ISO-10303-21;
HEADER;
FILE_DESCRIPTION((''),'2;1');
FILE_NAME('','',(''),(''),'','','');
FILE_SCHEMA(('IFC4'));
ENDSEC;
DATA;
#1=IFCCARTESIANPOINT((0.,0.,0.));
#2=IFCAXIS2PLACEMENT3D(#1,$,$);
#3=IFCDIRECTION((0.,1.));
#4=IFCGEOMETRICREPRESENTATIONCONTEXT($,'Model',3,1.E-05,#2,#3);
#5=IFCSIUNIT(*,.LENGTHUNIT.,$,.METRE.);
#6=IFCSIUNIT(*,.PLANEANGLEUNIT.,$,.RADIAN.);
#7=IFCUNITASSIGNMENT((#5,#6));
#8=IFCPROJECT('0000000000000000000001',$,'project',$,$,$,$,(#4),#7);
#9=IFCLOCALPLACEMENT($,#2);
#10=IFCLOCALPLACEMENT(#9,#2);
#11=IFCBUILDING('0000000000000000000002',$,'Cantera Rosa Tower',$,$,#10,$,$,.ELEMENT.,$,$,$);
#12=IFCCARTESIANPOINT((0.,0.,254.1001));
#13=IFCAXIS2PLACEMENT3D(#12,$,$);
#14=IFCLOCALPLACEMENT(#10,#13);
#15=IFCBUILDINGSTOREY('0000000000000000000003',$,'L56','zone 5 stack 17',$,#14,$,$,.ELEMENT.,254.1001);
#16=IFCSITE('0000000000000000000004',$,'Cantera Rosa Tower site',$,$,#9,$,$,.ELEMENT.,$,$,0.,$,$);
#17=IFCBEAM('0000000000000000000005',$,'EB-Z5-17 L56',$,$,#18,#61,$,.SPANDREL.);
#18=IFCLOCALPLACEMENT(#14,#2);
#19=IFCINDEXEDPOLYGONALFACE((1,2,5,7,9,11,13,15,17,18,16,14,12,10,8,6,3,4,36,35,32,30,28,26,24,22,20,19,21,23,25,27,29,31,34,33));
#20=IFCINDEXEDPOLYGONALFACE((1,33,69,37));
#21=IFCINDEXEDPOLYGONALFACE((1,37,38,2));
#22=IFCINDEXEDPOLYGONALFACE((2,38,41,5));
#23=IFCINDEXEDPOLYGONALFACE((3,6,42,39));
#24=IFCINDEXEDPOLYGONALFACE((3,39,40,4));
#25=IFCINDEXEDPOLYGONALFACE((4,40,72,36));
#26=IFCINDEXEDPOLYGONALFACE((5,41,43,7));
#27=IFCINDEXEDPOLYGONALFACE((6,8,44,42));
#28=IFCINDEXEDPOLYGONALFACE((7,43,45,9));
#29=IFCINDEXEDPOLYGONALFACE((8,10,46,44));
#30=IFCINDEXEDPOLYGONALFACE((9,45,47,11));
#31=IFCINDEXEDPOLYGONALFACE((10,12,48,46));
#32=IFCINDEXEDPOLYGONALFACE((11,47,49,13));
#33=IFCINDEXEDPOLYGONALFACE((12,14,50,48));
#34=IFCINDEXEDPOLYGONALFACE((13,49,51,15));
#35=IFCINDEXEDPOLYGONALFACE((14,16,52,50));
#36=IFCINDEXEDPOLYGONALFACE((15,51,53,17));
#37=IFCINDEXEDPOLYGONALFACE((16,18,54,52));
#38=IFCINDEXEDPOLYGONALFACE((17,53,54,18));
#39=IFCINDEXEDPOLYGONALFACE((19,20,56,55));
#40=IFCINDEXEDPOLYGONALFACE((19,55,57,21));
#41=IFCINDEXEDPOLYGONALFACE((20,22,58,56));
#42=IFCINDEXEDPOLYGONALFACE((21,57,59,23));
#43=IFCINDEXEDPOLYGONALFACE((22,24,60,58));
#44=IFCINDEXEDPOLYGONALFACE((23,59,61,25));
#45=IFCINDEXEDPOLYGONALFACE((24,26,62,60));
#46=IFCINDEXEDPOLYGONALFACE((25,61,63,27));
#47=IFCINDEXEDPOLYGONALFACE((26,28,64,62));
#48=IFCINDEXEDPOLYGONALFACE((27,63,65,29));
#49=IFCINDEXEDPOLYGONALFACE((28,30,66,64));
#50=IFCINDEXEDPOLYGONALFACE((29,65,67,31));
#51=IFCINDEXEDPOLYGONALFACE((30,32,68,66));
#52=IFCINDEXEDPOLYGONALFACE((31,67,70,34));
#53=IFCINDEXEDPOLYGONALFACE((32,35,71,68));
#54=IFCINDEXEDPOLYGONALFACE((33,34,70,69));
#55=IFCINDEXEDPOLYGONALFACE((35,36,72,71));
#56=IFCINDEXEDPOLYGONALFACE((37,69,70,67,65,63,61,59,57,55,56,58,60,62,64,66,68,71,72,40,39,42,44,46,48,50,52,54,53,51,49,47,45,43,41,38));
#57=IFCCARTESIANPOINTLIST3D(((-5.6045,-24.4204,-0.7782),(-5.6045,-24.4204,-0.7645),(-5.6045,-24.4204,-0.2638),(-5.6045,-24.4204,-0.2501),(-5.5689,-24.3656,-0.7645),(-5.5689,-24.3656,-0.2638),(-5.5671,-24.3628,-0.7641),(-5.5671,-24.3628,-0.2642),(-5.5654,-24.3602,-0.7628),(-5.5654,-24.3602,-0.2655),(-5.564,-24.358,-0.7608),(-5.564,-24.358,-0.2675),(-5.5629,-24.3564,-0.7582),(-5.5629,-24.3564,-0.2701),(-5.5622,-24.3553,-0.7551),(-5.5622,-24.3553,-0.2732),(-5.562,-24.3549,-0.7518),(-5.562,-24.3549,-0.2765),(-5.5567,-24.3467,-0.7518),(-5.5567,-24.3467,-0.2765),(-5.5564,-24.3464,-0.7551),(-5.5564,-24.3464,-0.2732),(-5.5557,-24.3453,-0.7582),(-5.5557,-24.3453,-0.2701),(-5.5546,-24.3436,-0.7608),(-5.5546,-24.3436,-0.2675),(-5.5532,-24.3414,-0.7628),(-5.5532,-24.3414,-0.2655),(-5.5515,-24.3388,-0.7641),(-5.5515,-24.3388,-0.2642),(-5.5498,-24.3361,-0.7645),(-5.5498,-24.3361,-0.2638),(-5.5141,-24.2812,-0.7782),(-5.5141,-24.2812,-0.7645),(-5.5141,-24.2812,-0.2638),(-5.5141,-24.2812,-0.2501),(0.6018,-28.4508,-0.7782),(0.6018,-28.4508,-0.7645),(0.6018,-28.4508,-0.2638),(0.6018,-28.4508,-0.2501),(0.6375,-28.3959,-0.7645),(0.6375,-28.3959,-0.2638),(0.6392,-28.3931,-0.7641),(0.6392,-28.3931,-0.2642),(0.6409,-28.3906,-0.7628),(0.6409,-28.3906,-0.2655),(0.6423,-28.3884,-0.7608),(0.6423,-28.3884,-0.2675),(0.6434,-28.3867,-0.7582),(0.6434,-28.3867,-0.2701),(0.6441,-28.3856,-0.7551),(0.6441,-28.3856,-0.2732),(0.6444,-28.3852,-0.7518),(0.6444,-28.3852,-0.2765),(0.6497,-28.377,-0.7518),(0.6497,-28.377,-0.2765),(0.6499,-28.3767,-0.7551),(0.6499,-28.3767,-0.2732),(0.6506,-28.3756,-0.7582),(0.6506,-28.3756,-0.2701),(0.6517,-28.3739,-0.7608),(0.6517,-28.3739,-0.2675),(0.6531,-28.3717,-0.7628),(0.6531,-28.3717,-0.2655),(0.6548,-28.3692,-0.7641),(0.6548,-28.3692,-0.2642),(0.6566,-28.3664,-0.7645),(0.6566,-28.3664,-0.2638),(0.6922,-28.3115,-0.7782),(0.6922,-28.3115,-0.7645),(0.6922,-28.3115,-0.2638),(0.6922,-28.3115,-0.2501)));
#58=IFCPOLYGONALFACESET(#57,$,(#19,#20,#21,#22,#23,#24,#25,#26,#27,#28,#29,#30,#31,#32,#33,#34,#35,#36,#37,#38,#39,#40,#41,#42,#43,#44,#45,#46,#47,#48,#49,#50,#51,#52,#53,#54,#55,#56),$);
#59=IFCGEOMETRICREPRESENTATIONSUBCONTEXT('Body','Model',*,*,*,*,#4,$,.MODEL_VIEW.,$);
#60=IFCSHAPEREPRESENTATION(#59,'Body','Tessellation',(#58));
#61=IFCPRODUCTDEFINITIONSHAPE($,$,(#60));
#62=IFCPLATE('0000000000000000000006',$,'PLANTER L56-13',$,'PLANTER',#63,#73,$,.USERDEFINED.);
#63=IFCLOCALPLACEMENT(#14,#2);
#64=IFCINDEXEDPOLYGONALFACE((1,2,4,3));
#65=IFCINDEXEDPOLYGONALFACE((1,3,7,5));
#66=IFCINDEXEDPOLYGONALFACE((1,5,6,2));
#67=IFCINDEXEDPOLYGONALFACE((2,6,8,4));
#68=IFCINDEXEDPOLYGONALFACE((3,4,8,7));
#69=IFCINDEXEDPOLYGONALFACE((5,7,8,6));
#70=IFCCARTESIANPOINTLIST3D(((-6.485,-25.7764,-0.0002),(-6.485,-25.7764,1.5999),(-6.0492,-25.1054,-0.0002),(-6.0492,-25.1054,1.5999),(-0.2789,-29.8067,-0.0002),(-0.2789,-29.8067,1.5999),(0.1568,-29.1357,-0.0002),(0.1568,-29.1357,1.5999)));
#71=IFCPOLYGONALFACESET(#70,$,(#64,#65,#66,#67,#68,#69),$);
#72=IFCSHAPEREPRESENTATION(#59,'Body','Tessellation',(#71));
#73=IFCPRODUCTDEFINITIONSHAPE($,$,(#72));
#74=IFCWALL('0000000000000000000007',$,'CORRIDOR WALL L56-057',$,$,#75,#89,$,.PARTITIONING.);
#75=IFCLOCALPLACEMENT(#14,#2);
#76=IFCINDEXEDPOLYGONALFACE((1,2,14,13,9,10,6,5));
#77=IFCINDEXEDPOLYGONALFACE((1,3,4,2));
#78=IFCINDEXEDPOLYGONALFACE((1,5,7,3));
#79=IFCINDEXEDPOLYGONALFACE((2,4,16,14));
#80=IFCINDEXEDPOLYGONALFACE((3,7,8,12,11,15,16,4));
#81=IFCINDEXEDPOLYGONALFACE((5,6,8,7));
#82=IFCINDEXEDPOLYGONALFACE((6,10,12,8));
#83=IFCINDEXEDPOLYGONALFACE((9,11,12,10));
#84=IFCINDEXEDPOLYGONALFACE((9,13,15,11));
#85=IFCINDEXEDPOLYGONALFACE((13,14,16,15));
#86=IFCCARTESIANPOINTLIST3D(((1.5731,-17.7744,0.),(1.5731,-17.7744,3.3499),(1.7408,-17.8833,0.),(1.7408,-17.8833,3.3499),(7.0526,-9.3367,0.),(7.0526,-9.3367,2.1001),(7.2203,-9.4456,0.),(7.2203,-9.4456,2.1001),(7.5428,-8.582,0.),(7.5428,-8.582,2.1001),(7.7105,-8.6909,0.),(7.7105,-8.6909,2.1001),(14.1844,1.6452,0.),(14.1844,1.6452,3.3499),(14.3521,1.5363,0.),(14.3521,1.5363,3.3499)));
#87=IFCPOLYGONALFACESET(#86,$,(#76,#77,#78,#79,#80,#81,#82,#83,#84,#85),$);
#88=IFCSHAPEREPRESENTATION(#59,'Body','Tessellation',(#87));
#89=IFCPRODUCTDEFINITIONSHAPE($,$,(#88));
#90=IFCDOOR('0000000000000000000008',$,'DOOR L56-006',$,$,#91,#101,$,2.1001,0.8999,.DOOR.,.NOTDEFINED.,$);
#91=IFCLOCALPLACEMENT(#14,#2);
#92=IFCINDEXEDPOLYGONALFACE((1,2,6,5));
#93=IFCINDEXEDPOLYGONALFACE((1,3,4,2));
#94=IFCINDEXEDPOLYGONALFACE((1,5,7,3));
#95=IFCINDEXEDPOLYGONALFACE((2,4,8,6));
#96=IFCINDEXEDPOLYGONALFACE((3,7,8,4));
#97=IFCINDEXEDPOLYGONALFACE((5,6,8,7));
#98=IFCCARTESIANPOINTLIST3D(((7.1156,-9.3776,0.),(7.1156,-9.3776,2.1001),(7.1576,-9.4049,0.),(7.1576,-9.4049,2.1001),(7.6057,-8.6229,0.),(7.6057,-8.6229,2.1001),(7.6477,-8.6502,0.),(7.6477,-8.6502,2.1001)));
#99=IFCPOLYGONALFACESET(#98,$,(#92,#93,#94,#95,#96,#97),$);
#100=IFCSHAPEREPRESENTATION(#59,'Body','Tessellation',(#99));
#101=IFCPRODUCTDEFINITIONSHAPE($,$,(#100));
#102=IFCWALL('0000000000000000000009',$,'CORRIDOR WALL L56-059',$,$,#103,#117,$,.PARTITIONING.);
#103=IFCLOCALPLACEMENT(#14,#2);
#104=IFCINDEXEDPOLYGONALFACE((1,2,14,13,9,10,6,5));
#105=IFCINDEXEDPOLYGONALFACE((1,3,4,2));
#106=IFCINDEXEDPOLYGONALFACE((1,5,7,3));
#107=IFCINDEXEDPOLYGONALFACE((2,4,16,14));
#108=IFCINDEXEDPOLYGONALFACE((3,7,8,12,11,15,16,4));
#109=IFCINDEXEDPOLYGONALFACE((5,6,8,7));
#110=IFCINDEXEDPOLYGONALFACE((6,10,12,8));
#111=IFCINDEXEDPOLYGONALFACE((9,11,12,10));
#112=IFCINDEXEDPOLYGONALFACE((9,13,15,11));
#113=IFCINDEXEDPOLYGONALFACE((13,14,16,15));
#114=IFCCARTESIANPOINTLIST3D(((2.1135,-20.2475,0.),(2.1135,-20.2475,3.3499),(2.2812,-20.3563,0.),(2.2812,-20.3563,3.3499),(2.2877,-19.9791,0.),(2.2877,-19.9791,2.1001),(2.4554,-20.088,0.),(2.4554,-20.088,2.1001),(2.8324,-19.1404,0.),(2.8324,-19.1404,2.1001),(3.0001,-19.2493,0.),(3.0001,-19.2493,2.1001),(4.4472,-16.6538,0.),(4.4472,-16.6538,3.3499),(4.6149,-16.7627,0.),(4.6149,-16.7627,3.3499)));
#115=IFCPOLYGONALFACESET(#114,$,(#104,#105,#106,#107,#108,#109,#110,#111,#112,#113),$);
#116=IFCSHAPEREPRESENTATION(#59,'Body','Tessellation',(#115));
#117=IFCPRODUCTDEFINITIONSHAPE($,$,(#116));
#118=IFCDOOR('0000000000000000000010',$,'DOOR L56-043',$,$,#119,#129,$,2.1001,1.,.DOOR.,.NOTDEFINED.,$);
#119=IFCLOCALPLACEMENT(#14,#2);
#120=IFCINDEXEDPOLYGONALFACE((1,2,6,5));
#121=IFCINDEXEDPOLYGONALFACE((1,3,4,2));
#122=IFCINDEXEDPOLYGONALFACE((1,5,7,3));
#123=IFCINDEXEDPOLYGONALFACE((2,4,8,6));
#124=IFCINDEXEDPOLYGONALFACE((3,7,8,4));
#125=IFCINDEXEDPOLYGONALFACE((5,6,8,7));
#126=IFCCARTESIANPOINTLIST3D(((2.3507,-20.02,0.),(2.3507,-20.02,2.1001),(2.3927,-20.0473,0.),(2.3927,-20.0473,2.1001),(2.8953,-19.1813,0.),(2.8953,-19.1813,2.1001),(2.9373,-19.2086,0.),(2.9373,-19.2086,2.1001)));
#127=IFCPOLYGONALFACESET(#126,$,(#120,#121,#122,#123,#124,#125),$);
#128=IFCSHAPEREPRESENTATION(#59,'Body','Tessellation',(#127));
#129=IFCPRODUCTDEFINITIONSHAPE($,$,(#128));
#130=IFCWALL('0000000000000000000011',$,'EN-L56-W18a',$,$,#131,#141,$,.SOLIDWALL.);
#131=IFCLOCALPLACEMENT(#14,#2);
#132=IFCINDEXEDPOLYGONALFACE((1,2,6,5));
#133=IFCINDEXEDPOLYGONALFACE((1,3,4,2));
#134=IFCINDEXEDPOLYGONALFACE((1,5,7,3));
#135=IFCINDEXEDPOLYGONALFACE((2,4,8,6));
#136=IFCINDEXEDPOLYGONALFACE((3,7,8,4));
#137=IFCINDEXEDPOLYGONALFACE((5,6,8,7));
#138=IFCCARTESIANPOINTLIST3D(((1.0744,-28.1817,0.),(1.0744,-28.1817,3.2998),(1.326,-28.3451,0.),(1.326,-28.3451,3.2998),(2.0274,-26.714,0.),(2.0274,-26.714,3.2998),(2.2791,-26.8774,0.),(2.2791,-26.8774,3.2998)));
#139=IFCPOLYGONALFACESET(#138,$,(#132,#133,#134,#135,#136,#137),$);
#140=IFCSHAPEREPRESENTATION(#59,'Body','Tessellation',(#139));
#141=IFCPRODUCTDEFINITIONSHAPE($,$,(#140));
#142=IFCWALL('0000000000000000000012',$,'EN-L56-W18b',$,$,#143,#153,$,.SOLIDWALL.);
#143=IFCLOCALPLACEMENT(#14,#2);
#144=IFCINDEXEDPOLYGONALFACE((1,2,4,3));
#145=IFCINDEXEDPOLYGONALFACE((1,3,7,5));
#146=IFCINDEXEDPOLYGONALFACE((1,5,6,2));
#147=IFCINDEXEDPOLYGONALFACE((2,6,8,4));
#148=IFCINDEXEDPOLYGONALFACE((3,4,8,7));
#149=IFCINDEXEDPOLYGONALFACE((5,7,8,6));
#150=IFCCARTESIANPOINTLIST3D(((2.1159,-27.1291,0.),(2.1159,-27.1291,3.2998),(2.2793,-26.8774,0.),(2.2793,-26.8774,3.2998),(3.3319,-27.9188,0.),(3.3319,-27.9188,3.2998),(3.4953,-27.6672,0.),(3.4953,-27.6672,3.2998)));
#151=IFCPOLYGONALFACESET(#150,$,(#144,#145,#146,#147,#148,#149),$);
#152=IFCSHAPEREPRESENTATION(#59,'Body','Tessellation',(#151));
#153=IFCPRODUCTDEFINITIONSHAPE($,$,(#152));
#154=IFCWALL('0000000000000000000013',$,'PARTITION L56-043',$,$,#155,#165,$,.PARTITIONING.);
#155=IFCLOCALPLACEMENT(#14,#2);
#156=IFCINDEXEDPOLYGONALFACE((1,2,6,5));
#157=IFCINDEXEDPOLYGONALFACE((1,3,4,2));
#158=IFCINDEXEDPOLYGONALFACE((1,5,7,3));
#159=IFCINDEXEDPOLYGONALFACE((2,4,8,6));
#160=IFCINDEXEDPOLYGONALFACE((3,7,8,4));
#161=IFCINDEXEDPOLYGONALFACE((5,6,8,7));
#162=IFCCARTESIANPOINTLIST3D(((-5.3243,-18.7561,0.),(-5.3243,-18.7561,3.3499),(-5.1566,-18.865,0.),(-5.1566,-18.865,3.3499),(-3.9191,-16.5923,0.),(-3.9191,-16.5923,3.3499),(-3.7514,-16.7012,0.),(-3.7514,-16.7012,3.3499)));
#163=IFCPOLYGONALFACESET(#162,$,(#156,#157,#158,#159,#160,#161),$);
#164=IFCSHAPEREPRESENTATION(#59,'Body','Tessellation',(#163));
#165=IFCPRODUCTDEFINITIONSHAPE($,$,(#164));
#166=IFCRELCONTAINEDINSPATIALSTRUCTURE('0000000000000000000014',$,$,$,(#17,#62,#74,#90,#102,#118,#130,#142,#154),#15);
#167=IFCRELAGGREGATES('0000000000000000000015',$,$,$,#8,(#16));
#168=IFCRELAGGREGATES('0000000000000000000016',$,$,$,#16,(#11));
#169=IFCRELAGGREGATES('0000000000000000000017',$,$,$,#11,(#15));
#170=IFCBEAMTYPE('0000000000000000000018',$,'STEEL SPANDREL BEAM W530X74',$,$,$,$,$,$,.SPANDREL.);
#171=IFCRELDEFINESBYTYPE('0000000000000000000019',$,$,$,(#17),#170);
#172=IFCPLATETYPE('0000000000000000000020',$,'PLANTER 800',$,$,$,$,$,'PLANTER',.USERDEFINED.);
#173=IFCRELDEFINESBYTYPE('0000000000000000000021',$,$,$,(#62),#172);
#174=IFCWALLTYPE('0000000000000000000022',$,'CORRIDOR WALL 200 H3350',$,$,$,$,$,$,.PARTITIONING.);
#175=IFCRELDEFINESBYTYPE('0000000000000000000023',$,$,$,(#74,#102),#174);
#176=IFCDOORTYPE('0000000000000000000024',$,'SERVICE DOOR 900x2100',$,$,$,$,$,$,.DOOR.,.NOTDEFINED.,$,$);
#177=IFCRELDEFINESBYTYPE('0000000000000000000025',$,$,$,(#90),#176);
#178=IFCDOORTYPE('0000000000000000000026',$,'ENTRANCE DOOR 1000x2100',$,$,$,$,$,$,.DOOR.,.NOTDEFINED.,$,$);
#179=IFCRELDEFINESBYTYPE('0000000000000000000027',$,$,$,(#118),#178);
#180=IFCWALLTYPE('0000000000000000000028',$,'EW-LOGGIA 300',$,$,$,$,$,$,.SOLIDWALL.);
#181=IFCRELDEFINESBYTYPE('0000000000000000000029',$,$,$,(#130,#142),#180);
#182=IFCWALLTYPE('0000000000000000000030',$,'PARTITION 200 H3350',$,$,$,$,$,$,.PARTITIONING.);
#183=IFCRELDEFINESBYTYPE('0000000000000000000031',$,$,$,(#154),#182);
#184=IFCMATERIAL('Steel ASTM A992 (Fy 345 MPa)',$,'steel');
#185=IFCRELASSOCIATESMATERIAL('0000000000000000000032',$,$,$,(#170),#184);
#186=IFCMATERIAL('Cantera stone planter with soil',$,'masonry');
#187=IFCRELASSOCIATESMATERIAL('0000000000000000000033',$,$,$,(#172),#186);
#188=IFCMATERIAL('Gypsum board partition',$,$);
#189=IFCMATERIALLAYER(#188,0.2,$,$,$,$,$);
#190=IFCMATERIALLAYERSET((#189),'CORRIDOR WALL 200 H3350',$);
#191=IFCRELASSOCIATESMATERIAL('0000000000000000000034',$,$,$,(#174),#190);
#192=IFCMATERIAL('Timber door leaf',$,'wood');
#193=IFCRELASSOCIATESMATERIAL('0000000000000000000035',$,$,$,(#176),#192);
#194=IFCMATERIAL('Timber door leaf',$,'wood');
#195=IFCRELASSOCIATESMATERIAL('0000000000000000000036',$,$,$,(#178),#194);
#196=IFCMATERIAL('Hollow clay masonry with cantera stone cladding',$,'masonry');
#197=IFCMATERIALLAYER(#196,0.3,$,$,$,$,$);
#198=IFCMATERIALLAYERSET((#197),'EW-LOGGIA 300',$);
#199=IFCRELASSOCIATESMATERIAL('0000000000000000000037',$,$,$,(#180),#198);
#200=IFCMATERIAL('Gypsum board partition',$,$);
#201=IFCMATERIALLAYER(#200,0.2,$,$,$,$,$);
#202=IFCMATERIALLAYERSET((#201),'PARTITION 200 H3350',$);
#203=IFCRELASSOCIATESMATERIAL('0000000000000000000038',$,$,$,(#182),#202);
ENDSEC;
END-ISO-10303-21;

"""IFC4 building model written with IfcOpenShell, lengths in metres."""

from ifc_helpers import new_model, si_unit, direction, frame, frame_2d, origin, origin_2d, place, context, subcontext, project, spatial, rectangle, i_section, extrude, material, layer, layer_set, material_profile, profile_set, type_object, element, fill, save


model = new_model("IFC4")

# Units and contexts
model_context = context("Model", 3, precision=1e-05, world=origin(), true_north=direction((0.0, 1.0)))
body_context = subcontext(model_context, "Body", "Model", "MODEL_VIEW")
ifc_project = project(units=[si_unit("LENGTHUNIT", "METRE"), si_unit("PLANEANGLEUNIT", "RADIAN")], contexts=[model_context])

# Site, building, storey
site_placement = place(None, origin())
site = spatial("IfcSite", under=ifc_project, at=site_placement, Name="Cantera Rosa Tower site", CompositionType="ELEMENT", RefElevation=0.0)
building_placement = place(site_placement, origin())
building = spatial("IfcBuilding", under=site, at=building_placement, Name="Cantera Rosa Tower", CompositionType="ELEMENT")
storey_placement = place(building_placement, frame((0.0, 0.0, 254.1001)))
storey = spatial("IfcBuildingStorey", under=building, at=storey_placement, Name="L56", Description="zone 5 stack 17", CompositionType="ELEMENT", Elevation=254.1001)

# Beam
ifc_material_1 = material(Name="Steel ASTM A992 (Fy 345 MPa)", Category="steel")
ifc_material_profile_1 = material_profile(ifc_material_1, i_section(OverallWidth=0.166, OverallDepth=0.5281, WebThickness=0.0098, FlangeThickness=0.0137, FilletRadius=0.0127, at=origin_2d()), Name="W530X74")
ifc_profile_set_1 = profile_set([ifc_material_profile_1], Name="Steel ASTM A992 (Fy 345 MPa)")
beam_type_1 = type_object("IfcBeamType", Name="STEEL SPANDREL BEAM W530X74", PredefinedType="SPANDREL", material=ifc_profile_set_1)
beam_1_placement = place(storey_placement, frame((-5.5593, -24.3508, -0.5142), z_axis=(0.838679, -0.544625, 0.0), x_axis=(0.544625, 0.838679, 0.0)))
element("IfcBeam", 1, at=beam_1_placement, inside=storey, type_object=beam_type_1, Name="EB-Z5-17 L56", PredefinedType="SPANDREL", context=body_context, shape_type="SweptSolid", body=[
    extrude(i_section(OverallWidth=0.166, OverallDepth=0.5281, WebThickness=0.0098, FlangeThickness=0.0137, FilletRadius=0.0127, at=origin_2d()), origin(), (0.0, 0.0, 1.0), 7.4001),
])

# Plate
ifc_material_2 = material(Name="Cantera stone planter with soil", Category="masonry")
plate_type = type_object("IfcPlateType", Name="PLANTER 800", ElementType="PLANTER", PredefinedType="USERDEFINED", material=ifc_material_2)
plate_placement = place(storey_placement, frame((-3.1641, -27.4561, -0.0002), z_axis=(0.0, 0.0, 1.0), x_axis=(0.838671, -0.544639, 0.0)))
element("IfcPlate", 2, at=plate_placement, inside=storey, type_object=plate_type, Name="PLANTER L56-13", ObjectType="PLANTER", PredefinedType="USERDEFINED", context=body_context, shape_type="SweptSolid", body=[
    extrude(rectangle(XDim=7.3999, YDim=0.8, at=origin_2d()), origin(), (0.0, 0.0, 1.0), 1.6001),
])

# Walls, openings, doors
ifc_material_3 = material(Name="Gypsum board partition")
ifc_layer_1 = layer(ifc_material_3, 0.2)
ifc_layer_set_1 = layer_set([ifc_layer_1], Name="CORRIDOR WALL 200 H3350")
wall_type_1 = type_object("IfcWallType", Name="CORRIDOR WALL 200 H3350", PredefinedType="PARTITIONING", material=ifc_layer_set_1)
wall_1_placement = place(storey_placement, frame((1.657, -17.8289, 0.0), z_axis=(0.0, 0.0, 1.0), x_axis=(0.54464, 0.83867, 0.0)))
wall_1 = element("IfcWall", 3, at=wall_1_placement, inside=storey, type_object=wall_type_1, Name="CORRIDOR WALL L56-057", PredefinedType="PARTITIONING", context=body_context, shape_type="SweptSolid", body=[
    extrude(rectangle(XDim=23.1553, YDim=0.2, at=frame_2d((11.5776, 0.0))), origin(), (0.0, 0.0, 1.0), 3.3499),
])
opening_1_placement = place(wall_1_placement, frame((10.0608, 0.0, 0.0)))
opening_1 = element("IfcOpeningElement", 4, at=opening_1_placement, cuts=wall_1, PredefinedType="OPENING", context=body_context, shape_type="SweptSolid", body=[
    extrude(rectangle(XDim=0.8999, YDim=2.1001, at=frame_2d((0.45, 1.05))), frame((0.0, 0.1099, 0.0), z_axis=(0.0, -1.0, 0.0), x_axis=(1.0, 0.0, 0.0)), (0.0, 0.0, 1.0), 0.22),
])
ifc_material_4 = material(Name="Timber door leaf", Category="wood")
door_type_1 = type_object("IfcDoorType", Name="SERVICE DOOR 900x2100", OperationType="NOTDEFINED", PredefinedType="DOOR", material=ifc_material_4)
door_1_placement = place(opening_1_placement, origin())
door_1 = element("IfcDoor", 5, at=door_1_placement, inside=storey, type_object=door_type_1, Name="DOOR L56-006", OperationType="NOTDEFINED", OverallHeight=2.1001, OverallWidth=0.8999, PredefinedType="DOOR", context=body_context, shape_type="SweptSolid", body=[
    extrude(rectangle(XDim=0.8999, YDim=2.1001, at=frame_2d((0.45, 1.05))), frame((0.0, 0.0249, 0.0), z_axis=(0.0, -1.0, 0.0), x_axis=(1.0, 0.0, 0.0)), (0.0, 0.0, 1.0), 0.05),
])
fill(opening_1, door_1)
wall_2_placement = place(storey_placement, frame((2.1973, -20.302, 0.0), z_axis=(0.0, 0.0, 1.0), x_axis=(0.544628, 0.838678, 0.0)))
wall_2 = element("IfcWall", 6, at=wall_2_placement, inside=storey, type_object=wall_type_1, Name="CORRIDOR WALL L56-059", PredefinedType="PARTITIONING", context=body_context, shape_type="SweptSolid", body=[
    extrude(rectangle(XDim=4.2849, YDim=0.2, at=frame_2d((2.1426, 0.0))), origin(), (0.0, 0.0, 1.0), 3.3499),
])
opening_2_placement = place(wall_2_placement, frame((0.3201, 0.0, 0.0)))
opening_2 = element("IfcOpeningElement", 7, at=opening_2_placement, cuts=wall_2, PredefinedType="OPENING", context=body_context, shape_type="SweptSolid", body=[
    extrude(rectangle(XDim=1.0, YDim=2.1001, at=frame_2d((0.5, 1.05))), frame((0.0, 0.1099, 0.0), z_axis=(0.0, -1.0, 0.0), x_axis=(1.0, 0.0, 0.0)), (0.0, 0.0, 1.0), 0.22),
])
ifc_material_5 = material(Name="Timber door leaf", Category="wood")
door_type_2 = type_object("IfcDoorType", Name="ENTRANCE DOOR 1000x2100", OperationType="NOTDEFINED", PredefinedType="DOOR", material=ifc_material_5)
door_2_placement = place(opening_2_placement, origin())
door_2 = element("IfcDoor", 8, at=door_2_placement, inside=storey, type_object=door_type_2, Name="DOOR L56-043", OperationType="NOTDEFINED", OverallHeight=2.1001, OverallWidth=1.0, PredefinedType="DOOR", context=body_context, shape_type="SweptSolid", body=[
    extrude(rectangle(XDim=1.0, YDim=2.1001, at=frame_2d((0.5, 1.05))), frame((0.0, 0.0249, 0.0), z_axis=(0.0, -1.0, 0.0), x_axis=(1.0, 0.0, 0.0)), (0.0, 0.0, 1.0), 0.05),
])
fill(opening_2, door_2)

# Walls
ifc_material_6 = material(Name="Hollow clay masonry with cantera stone cladding", Category="masonry")
ifc_layer_2 = layer(ifc_material_6, 0.3)
ifc_layer_set_2 = layer_set([ifc_layer_2], Name="EW-LOGGIA 300")
wall_type_2 = type_object("IfcWallType", Name="EW-LOGGIA 300", PredefinedType="SOLIDWALL", material=ifc_layer_set_2)
wall_3_placement = place(storey_placement, frame((1.2002, -28.2634, 0.0), z_axis=(0.0, 0.0, 1.0), x_axis=(0.544616, 0.838686, 0.0)))
element("IfcWall", 9, at=wall_3_placement, inside=storey, type_object=wall_type_2, Name="EN-L56-W18a", PredefinedType="SOLIDWALL", context=body_context, shape_type="SweptSolid", body=[
    extrude(rectangle(XDim=1.75, YDim=0.3, at=frame_2d((0.875, 0.0))), origin(), (0.0, 0.0, 1.0), 3.2998),
])
wall_4_placement = place(storey_placement, frame((2.1975, -27.0032, 0.0), z_axis=(0.0, 0.0, 1.0), x_axis=(0.838647, -0.544675, 0.0)))
element("IfcWall", 10, at=wall_4_placement, inside=storey, type_object=wall_type_2, Name="EN-L56-W18b", PredefinedType="SOLIDWALL", context=body_context, shape_type="SweptSolid", body=[
    extrude(rectangle(XDim=1.45, YDim=0.3, at=frame_2d((0.7251, 0.0))), origin(), (0.0, 0.0, 1.0), 3.2998),
])

# Wall
ifc_material_7 = material(Name="Gypsum board partition")
ifc_layer_3 = layer(ifc_material_7, 0.2)
ifc_layer_set_3 = layer_set([ifc_layer_3], Name="PARTITION 200 H3350")
wall_type_3 = type_object("IfcWallType", Name="PARTITION 200 H3350", PredefinedType="PARTITIONING", material=ifc_layer_set_3)
wall_5_placement = place(storey_placement, frame((-3.8352, -16.6467, 0.0), z_axis=(0.0, 0.0, 1.0), x_axis=(-0.544659, -0.838658, 0.0)))
element("IfcWall", 11, at=wall_5_placement, inside=storey, type_object=wall_type_3, Name="PARTITION L56-043", PredefinedType="PARTITIONING", context=body_context, shape_type="SweptSolid", body=[
    extrude(rectangle(XDim=2.5801, YDim=0.2, at=frame_2d((1.29, 0.0))), origin(), (0.0, 0.0, 1.0), 3.3499),
])

save(model, "model.ifc")
